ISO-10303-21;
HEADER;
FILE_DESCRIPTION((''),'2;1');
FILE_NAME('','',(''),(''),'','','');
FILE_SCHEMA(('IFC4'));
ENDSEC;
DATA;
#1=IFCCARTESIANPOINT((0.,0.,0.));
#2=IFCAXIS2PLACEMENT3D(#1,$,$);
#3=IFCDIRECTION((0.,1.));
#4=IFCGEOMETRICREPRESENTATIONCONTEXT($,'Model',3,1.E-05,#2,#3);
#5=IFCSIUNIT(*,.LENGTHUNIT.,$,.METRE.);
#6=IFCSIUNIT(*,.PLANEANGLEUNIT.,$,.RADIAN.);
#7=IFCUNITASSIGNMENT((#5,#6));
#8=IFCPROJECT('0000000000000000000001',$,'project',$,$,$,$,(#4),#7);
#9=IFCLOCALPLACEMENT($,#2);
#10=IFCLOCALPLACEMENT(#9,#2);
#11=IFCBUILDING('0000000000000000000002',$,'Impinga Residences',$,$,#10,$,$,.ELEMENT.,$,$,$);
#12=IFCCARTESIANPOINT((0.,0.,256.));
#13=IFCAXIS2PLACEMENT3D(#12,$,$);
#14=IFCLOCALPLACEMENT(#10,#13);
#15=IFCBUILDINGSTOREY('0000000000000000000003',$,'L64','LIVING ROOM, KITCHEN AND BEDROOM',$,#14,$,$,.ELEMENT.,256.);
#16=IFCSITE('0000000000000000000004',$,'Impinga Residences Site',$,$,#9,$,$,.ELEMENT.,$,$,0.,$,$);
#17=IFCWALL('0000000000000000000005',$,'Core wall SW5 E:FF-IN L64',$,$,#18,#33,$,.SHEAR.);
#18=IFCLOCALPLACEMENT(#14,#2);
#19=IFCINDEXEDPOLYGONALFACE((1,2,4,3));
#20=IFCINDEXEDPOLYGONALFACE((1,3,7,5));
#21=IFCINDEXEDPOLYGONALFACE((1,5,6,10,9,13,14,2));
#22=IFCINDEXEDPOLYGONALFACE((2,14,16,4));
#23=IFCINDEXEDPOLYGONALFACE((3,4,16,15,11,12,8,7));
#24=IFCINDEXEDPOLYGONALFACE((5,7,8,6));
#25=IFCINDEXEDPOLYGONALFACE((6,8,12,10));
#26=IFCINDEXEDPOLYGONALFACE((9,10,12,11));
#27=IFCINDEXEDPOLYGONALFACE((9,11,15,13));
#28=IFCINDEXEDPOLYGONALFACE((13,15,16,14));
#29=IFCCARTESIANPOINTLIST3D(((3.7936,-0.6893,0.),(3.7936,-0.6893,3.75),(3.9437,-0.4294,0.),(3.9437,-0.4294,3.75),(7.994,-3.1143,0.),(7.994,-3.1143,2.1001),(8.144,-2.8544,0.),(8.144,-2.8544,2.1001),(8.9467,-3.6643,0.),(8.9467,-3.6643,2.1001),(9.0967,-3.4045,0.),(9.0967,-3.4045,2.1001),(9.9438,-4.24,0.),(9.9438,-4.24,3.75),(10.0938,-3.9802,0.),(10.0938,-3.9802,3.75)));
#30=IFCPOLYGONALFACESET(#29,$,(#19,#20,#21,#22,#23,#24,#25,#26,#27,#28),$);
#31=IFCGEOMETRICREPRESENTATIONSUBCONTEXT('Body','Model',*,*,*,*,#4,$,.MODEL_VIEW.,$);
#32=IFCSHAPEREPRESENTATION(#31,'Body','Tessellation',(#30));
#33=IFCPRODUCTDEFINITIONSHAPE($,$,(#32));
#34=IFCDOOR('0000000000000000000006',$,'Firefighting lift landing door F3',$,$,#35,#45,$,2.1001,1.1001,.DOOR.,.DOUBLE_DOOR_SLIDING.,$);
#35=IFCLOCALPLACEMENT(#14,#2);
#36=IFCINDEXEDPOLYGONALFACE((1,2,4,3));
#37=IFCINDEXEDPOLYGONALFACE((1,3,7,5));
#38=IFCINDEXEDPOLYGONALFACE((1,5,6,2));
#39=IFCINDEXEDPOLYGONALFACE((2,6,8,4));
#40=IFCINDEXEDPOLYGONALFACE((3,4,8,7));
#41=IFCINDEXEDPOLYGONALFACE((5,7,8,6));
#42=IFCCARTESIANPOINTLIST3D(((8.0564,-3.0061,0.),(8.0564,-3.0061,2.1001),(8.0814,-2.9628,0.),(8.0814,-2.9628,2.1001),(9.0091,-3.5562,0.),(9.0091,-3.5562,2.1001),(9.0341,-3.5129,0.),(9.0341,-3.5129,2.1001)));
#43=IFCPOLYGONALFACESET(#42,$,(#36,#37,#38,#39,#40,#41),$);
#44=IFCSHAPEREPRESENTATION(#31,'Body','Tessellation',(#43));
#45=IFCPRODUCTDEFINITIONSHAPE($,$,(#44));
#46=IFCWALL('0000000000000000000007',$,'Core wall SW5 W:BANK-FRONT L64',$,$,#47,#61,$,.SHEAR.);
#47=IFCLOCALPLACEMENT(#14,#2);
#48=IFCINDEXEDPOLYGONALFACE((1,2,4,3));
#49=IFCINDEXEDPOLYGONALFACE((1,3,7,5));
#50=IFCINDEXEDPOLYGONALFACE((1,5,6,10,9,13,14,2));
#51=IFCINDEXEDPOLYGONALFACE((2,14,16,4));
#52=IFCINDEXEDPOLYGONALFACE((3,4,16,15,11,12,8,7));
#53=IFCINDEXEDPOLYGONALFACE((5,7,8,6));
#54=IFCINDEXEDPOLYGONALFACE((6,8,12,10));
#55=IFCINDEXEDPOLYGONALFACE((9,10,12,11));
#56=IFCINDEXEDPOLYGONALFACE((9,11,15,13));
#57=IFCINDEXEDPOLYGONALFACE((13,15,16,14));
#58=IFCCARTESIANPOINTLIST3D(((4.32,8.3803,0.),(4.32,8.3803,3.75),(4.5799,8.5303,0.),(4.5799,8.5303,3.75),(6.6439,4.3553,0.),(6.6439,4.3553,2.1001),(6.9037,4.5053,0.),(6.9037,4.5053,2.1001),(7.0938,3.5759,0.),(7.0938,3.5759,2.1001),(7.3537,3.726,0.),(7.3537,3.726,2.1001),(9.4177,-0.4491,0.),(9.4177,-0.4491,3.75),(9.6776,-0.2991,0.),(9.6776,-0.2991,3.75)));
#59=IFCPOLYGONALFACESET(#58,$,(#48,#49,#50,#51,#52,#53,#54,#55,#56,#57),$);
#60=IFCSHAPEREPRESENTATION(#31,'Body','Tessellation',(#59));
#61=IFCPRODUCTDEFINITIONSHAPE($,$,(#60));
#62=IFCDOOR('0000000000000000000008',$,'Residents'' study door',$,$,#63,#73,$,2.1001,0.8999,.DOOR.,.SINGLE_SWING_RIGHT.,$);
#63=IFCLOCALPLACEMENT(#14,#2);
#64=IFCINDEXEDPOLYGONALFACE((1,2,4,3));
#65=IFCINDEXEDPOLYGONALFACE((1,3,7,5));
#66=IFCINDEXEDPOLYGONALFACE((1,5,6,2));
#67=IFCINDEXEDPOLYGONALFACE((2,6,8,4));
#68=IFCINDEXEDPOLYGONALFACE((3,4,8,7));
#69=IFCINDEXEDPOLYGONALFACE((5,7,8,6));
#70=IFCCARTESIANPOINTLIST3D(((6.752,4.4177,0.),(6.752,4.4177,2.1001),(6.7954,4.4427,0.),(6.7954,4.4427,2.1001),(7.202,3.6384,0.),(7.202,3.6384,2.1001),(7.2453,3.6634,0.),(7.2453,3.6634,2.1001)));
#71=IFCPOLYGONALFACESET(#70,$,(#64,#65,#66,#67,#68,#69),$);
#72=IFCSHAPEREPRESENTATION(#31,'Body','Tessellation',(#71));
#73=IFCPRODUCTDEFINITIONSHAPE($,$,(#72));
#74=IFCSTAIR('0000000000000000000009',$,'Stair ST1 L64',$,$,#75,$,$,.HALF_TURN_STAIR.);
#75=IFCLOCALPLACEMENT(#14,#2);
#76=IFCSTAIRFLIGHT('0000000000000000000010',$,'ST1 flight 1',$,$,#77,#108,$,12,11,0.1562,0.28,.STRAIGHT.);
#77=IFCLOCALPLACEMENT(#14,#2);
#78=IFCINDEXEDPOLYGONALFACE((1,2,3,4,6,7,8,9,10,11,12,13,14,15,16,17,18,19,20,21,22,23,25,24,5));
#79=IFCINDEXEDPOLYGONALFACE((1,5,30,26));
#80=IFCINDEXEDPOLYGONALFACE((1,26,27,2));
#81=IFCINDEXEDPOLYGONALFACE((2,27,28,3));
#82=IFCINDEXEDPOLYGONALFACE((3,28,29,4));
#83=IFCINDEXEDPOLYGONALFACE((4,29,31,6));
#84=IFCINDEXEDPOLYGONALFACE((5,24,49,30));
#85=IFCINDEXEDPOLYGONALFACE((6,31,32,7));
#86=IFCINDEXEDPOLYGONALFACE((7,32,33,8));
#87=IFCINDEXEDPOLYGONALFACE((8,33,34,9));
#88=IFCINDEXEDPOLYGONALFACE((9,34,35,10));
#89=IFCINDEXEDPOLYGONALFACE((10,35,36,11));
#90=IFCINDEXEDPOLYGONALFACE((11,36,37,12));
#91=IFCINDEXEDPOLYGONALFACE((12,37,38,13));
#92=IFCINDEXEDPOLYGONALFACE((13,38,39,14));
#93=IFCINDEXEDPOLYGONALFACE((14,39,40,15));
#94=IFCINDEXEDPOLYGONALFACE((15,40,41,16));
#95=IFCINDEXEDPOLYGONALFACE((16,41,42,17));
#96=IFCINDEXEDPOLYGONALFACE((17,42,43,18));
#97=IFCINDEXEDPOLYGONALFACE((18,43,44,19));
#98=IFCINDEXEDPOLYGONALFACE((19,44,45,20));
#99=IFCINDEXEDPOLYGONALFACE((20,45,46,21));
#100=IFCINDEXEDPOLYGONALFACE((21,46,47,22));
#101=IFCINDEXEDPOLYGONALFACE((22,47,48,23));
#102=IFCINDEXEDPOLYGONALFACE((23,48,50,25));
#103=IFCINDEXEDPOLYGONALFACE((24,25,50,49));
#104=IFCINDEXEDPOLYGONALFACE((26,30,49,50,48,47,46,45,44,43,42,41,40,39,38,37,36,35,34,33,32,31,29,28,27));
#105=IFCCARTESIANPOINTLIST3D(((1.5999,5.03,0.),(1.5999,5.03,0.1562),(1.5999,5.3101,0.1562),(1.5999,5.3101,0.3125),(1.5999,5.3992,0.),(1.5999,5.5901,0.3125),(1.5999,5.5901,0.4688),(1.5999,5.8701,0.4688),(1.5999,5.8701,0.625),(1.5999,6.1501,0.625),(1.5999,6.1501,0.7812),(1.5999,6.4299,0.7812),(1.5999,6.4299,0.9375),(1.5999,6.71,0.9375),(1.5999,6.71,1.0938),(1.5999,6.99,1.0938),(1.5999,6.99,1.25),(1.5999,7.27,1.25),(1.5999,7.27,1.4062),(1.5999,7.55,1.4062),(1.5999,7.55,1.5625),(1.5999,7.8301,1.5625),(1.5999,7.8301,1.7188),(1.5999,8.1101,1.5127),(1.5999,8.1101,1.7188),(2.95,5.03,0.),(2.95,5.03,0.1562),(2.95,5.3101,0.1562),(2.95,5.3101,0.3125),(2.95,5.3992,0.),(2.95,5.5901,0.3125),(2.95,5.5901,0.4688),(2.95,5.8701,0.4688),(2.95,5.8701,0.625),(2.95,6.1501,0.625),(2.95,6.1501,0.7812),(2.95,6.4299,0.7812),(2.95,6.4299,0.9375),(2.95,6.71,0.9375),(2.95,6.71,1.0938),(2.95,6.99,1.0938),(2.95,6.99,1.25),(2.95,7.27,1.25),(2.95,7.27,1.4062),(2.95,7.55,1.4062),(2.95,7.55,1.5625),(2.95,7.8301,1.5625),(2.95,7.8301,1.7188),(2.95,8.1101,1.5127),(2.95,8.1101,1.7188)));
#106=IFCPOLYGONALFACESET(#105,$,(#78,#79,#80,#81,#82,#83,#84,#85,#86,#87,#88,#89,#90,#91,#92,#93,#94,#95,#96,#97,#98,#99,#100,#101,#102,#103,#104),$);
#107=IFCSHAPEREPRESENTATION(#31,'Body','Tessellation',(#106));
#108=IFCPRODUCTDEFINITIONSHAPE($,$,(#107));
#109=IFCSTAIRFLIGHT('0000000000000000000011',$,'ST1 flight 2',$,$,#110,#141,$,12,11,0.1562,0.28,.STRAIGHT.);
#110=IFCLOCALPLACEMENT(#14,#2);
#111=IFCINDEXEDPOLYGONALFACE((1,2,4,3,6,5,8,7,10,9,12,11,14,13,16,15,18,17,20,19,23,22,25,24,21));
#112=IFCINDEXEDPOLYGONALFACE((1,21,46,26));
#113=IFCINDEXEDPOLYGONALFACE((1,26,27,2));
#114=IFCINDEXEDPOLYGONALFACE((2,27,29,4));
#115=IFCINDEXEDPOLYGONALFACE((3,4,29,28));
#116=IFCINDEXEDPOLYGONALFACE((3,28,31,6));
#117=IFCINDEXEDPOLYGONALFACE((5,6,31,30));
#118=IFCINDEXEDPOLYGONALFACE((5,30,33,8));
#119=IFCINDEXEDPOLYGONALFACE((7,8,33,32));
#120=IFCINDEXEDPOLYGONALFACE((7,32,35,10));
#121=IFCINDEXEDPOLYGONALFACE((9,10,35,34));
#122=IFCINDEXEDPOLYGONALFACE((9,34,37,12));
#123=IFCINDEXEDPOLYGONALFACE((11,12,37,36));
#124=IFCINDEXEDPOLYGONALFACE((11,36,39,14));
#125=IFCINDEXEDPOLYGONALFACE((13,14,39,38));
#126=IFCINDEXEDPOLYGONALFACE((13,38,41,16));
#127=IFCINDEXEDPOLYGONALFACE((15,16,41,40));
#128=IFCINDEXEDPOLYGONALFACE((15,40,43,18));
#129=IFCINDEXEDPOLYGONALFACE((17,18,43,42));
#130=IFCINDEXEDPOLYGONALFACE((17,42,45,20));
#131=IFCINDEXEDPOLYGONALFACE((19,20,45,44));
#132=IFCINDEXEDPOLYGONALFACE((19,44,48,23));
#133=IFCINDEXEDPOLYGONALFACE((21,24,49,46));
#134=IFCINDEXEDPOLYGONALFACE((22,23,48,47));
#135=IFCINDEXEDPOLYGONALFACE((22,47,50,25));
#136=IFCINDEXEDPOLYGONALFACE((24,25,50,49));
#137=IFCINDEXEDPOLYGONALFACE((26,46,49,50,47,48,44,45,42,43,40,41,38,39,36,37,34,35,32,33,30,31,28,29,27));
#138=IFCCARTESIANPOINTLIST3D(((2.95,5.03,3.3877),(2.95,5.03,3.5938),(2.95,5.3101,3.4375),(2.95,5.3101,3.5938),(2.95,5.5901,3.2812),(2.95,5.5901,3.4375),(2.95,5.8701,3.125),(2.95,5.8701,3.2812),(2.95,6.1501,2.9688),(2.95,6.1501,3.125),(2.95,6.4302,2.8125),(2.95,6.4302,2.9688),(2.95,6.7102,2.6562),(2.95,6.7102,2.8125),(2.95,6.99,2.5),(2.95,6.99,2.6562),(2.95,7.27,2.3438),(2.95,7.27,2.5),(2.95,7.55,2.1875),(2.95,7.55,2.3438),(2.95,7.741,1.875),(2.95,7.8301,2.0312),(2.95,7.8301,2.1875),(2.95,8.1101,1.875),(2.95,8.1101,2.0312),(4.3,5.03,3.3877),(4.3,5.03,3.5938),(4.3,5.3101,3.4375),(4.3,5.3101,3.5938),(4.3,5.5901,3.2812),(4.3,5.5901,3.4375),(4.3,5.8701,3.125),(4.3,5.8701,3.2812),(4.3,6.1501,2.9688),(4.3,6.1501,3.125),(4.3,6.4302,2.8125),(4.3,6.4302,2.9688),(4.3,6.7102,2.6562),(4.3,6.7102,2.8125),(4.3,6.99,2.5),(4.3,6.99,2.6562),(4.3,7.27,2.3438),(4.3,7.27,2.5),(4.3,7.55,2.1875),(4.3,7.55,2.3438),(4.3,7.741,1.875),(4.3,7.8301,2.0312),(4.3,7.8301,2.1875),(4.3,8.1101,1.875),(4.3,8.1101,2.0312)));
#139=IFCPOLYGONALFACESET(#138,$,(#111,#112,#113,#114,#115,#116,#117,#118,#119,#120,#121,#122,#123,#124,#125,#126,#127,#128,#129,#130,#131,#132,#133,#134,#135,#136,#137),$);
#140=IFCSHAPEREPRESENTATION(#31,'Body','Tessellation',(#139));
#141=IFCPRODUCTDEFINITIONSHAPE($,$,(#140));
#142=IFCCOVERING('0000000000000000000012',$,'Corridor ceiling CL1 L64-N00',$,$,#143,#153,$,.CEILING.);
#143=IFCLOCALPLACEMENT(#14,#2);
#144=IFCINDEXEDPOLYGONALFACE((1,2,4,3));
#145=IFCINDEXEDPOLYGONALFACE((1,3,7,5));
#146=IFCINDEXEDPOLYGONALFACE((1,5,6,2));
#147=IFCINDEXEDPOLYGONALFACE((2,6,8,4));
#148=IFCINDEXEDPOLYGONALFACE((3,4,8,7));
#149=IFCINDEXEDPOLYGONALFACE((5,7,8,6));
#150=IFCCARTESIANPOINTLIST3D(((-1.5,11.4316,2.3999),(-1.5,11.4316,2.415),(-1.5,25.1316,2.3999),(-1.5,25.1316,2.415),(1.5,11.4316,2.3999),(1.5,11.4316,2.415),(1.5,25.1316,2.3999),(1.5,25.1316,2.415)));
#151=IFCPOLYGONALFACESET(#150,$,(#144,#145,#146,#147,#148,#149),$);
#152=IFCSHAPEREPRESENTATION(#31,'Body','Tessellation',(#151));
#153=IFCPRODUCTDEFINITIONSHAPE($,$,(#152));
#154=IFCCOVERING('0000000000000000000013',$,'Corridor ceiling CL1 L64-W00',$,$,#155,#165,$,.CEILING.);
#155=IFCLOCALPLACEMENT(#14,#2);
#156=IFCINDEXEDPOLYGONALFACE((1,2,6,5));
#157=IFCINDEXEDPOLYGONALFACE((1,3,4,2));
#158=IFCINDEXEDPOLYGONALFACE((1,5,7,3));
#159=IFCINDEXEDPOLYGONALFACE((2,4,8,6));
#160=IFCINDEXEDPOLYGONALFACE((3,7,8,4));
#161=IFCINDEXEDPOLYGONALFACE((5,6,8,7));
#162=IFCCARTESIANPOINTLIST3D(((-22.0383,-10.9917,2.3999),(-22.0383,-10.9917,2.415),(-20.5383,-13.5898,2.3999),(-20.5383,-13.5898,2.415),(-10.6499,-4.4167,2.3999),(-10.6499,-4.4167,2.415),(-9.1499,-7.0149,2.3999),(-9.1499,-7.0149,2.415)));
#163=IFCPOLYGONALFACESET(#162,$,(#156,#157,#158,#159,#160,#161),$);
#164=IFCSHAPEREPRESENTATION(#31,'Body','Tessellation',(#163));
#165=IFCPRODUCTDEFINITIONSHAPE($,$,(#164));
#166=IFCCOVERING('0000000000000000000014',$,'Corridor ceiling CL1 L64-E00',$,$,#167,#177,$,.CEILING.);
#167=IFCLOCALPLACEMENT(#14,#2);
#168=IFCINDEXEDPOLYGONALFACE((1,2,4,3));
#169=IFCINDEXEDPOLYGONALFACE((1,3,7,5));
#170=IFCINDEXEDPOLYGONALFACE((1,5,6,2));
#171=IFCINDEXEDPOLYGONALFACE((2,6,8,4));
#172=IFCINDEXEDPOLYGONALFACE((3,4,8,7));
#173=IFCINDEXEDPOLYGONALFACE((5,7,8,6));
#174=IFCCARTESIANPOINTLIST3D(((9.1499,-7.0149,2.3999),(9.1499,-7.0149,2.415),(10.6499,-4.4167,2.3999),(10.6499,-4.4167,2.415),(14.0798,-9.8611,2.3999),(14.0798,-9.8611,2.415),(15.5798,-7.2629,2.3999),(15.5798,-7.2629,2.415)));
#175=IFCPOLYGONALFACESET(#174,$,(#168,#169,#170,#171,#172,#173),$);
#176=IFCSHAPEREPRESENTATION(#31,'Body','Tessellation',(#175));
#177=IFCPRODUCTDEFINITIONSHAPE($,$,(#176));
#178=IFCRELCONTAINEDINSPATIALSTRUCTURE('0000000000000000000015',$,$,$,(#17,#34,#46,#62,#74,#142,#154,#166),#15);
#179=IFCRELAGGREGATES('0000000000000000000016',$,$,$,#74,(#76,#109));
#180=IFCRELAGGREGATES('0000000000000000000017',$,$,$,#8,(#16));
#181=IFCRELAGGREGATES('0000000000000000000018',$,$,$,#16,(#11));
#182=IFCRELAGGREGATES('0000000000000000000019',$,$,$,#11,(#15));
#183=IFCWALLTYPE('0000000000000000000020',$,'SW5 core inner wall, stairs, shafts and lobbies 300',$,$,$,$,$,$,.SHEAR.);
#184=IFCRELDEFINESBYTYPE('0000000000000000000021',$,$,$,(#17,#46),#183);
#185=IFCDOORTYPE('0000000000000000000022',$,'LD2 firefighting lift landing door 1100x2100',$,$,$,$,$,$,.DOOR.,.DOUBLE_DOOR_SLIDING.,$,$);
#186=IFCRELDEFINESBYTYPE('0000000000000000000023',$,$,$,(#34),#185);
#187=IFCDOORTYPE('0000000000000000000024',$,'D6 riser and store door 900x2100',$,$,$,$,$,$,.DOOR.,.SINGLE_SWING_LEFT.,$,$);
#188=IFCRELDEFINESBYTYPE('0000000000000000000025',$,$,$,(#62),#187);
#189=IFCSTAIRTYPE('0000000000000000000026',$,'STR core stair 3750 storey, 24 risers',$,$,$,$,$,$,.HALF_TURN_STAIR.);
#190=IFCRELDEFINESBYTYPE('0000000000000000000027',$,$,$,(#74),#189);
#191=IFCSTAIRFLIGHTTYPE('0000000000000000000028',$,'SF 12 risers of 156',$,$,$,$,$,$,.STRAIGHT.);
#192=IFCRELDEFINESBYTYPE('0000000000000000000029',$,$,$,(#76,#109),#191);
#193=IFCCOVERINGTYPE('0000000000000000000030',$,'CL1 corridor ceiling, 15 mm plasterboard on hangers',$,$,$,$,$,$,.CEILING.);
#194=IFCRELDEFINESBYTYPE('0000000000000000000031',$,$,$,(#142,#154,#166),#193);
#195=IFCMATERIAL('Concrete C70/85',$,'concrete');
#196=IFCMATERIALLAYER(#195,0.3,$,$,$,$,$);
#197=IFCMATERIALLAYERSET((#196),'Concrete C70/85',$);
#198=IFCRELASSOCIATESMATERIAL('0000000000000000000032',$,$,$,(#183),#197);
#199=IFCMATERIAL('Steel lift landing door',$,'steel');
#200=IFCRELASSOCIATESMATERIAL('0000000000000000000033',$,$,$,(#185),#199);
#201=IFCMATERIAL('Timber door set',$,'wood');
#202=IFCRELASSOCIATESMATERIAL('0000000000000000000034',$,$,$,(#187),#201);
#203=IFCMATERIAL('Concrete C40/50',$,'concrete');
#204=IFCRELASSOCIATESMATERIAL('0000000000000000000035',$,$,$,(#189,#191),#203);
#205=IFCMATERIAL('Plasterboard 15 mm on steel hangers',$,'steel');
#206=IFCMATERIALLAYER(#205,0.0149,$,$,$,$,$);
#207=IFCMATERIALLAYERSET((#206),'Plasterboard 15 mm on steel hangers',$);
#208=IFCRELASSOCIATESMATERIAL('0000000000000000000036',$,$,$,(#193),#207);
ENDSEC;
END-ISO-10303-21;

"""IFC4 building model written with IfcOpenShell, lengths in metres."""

from ifc_helpers import new_model, si_unit, direction, frame, frame_2d, origin, place, context, subcontext, project, spatial, polyline, rectangle, outline, extrude, material, layer, layer_set, type_object, element, fill, aggregate, save


model = new_model("IFC4")

# Units and contexts
model_context = context("Model", 3, precision=1e-05, world=origin(), true_north=direction((0.0, 1.0)))
body_context = subcontext(model_context, "Body", "Model", "MODEL_VIEW")
ifc_project = project(units=[si_unit("LENGTHUNIT", "METRE"), si_unit("PLANEANGLEUNIT", "RADIAN")], contexts=[model_context])

# Site, building, storey
site_placement = place(None, origin())
site = spatial("IfcSite", under=ifc_project, at=site_placement, Name="Impinga Residences Site", CompositionType="ELEMENT", RefElevation=0.0)
building_placement = place(site_placement, origin())
building = spatial("IfcBuilding", under=site, at=building_placement, Name="Impinga Residences", CompositionType="ELEMENT")
storey_placement = place(building_placement, frame((0.0, 0.0, 256.0)))
storey = spatial("IfcBuildingStorey", under=building, at=storey_placement, Name="L64", Description="LIVING ROOM, KITCHEN AND BEDROOM", CompositionType="ELEMENT", Elevation=256.0)

# Shared definitions
ifc_material_1 = material(Name="Concrete C40/50", Category="concrete")

# Shared definitions
ifc_material_2 = material(Name="Timber door set", Category="wood")

# Shared definitions
ifc_material_3 = material(Name="Concrete C70/85", Category="concrete")
ifc_layer_1 = layer(ifc_material_3, 0.3)
ifc_layer_set_1 = layer_set([ifc_layer_1], Name="Concrete C70/85")
wall_type_1 = type_object("IfcWallType", Name="SW5 core inner wall, stairs, shafts and lobbies 300", PredefinedType="SHEAR", material=ifc_layer_set_1)

# Walls, openings, doors
wall_1_placement = place(storey_placement, frame((3.8687, -0.5593, 0.0), z_axis=(0.0, 0.0, 1.0), x_axis=(0.866026, -0.499999, 0.0)))
wall_1 = element("IfcWall", 1, at=wall_1_placement, inside=storey, type_object=wall_type_1, Name="Core wall SW5 E:FF-IN L64", PredefinedType="SHEAR", context=body_context, shape_type="SweptSolid", body=[
    extrude(rectangle(XDim=7.1016, YDim=0.3, at=frame_2d((3.5508, 0.0))), origin(), (0.0, 0.0, 1.0), 3.75),
])
opening_1_placement = place(wall_1_placement, frame((4.8501, 0.0, 0.0)))
opening_1 = element("IfcOpeningElement", 2, at=opening_1_placement, cuts=wall_1, PredefinedType="OPENING", context=body_context, shape_type="SweptSolid", body=[
    extrude(rectangle(XDim=1.1001, YDim=2.1001, at=frame_2d((0.55, 1.05))), frame((0.0, 0.1599, 0.0), z_axis=(0.0, -1.0, 0.0), x_axis=(1.0, 0.0, 0.0)), (0.0, 0.0, 1.0), 0.3201),
])
ifc_material_4 = material(Name="Steel lift landing door", Category="steel")
door_type_1 = type_object("IfcDoorType", Name="LD2 firefighting lift landing door 1100x2100", OperationType="DOUBLE_DOOR_SLIDING", PredefinedType="DOOR", material=ifc_material_4)
door_1_placement = place(opening_1_placement, origin())
door_1 = element("IfcDoor", 3, at=door_1_placement, inside=storey, type_object=door_type_1, Name="Firefighting lift landing door F3", OperationType="DOUBLE_DOOR_SLIDING", OverallHeight=2.1001, OverallWidth=1.1001, PredefinedType="DOOR", context=body_context, shape_type="SweptSolid", body=[
    extrude(rectangle(XDim=1.1001, YDim=2.1001, at=frame_2d((0.55, 1.05))), frame((0.0, 0.0249, 0.0), z_axis=(0.0, -1.0, 0.0), x_axis=(1.0, 0.0, 0.0)), (0.0, 0.0, 1.0), 0.05),
])
fill(opening_1, door_1)
wall_2_placement = place(storey_placement, frame((4.45, 8.4553, 0.0), z_axis=(0.0, 0.0, 1.0), x_axis=(0.500002, -0.866024, 0.0)))
wall_2 = element("IfcWall", 4, at=wall_2_placement, inside=storey, type_object=wall_type_1, Name="Core wall SW5 W:BANK-FRONT L64", PredefinedType="SHEAR", context=body_context, shape_type="SweptSolid", body=[
    extrude(rectangle(XDim=10.1953, YDim=0.3, at=frame_2d((5.0977, 0.0))), origin(), (0.0, 0.0, 1.0), 3.75),
])
opening_2_placement = place(wall_2_placement, frame((4.6477, 0.0, 0.0)))
opening_2 = element("IfcOpeningElement", 5, at=opening_2_placement, cuts=wall_2, PredefinedType="OPENING", context=body_context, shape_type="SweptSolid", body=[
    extrude(rectangle(XDim=0.8999, YDim=2.1001, at=frame_2d((0.45, 1.05))), frame((0.0, 0.1599, 0.0), z_axis=(0.0, -1.0, 0.0), x_axis=(1.0, 0.0, 0.0)), (0.0, 0.0, 1.0), 0.3201),
])
door_type_2 = type_object("IfcDoorType", Name="D6 riser and store door 900x2100", OperationType="SINGLE_SWING_LEFT", PredefinedType="DOOR", material=ifc_material_2)
door_2_placement = place(opening_2_placement, origin())
door_2 = element("IfcDoor", 6, at=door_2_placement, inside=storey, type_object=door_type_2, Name="Residents' study door", OperationType="SINGLE_SWING_RIGHT", OverallHeight=2.1001, OverallWidth=0.8999, PredefinedType="DOOR", context=body_context, shape_type="SweptSolid", body=[
    extrude(rectangle(XDim=0.8999, YDim=2.1001, at=frame_2d((0.45, 1.05))), frame((0.0, 0.0249, 0.0), z_axis=(0.0, -1.0, 0.0), x_axis=(1.0, 0.0, 0.0)), (0.0, 0.0, 1.0), 0.05),
])
fill(opening_2, door_2)

# Stair, stair flights
stair_type_1 = type_object("IfcStairType", Name="STR core stair 3750 storey, 24 risers", PredefinedType="HALF_TURN_STAIR", material=ifc_material_1)
stair_1_placement = place(storey_placement, origin())
stair_1 = element("IfcStair", 7, at=stair_1_placement, inside=storey, type_object=stair_type_1, Name="Stair ST1 L64", PredefinedType="HALF_TURN_STAIR")
stair_flight_type = type_object("IfcStairFlightType", Name="SF 12 risers of 156", PredefinedType="STRAIGHT", material=ifc_material_1)
stair_flight_1_placement = place(storey_placement, frame((2.2749, 5.03, 0.0), z_axis=(0.0, 0.0, 1.0), x_axis=(0.0, 1.0, 0.0)))
stair_flight_1 = element("IfcStairFlight", 8, at=stair_flight_1_placement, type_object=stair_flight_type, Name="ST1 flight 1", NumberOfRisers=12, NumberOfTreads=11, PredefinedType="STRAIGHT", RiserHeight=0.1562, TreadLength=0.28, context=body_context, shape_type="SweptSolid", body=[
    extrude(outline(polyline([(0.0, 0.0), (0.0, 0.1562), (0.28, 0.1562), (0.28, 0.3125), (0.5601, 0.3125), (0.5601, 0.4688), (0.8401, 0.4688), (0.8401, 0.625), (1.1201, 0.625), (1.1201, 0.7812), (1.3999, 0.7812), (1.3999, 0.9375), (1.6799, 0.9375), (1.6799, 1.0938), (1.96, 1.0938), (1.96, 1.25), (2.24, 1.25), (2.24, 1.4062), (2.52, 1.4062), (2.52, 1.5625), (2.8, 1.5625), (2.8, 1.7188), (3.0801, 1.7188), (3.0801, 1.875), (3.0801, 1.5127), (0.3691, 0.0), (0.0, 0.0)])), frame((0.0, 0.675, 0.0), z_axis=(0.0, -1.0, 0.0), x_axis=(1.0, 0.0, 0.0)), (0.0, 0.0, 1.0), 1.3501),
])
stair_flight_2_placement = place(storey_placement, frame((3.625, 8.1101, 1.875), z_axis=(0.0, 0.0, 1.0), x_axis=(0.0, -1.0, 0.0)))
stair_flight_2 = element("IfcStairFlight", 9, at=stair_flight_2_placement, type_object=stair_flight_type, Name="ST1 flight 2", NumberOfRisers=12, NumberOfTreads=11, PredefinedType="STRAIGHT", RiserHeight=0.1562, TreadLength=0.28, context=body_context, shape_type="SweptSolid", body=[
    extrude(outline(polyline([(0.0, 0.0), (0.0, 0.1562), (0.28, 0.1562), (0.28, 0.3125), (0.5601, 0.3125), (0.5601, 0.4688), (0.8401, 0.4688), (0.8401, 0.625), (1.1201, 0.625), (1.1201, 0.7812), (1.3999, 0.7812), (1.3999, 0.9375), (1.6799, 0.9375), (1.6799, 1.0938), (1.96, 1.0938), (1.96, 1.25), (2.24, 1.25), (2.24, 1.4062), (2.52, 1.4062), (2.52, 1.5625), (2.8, 1.5625), (2.8, 1.7188), (3.0801, 1.7188), (3.0801, 1.875), (3.0801, 1.5127), (0.3691, 0.0), (0.0, 0.0)])), frame((0.0, 0.675, 0.0), z_axis=(0.0, -1.0, 0.0), x_axis=(1.0, 0.0, 0.0)), (0.0, 0.0, 1.0), 1.3501),
])
aggregate(stair_1, [stair_flight_1, stair_flight_2])

# Coverings
ifc_material_5 = material(Name="Plasterboard 15 mm on steel hangers", Category="steel")
ifc_layer_2 = layer(ifc_material_5, 0.0149)
ifc_layer_set_2 = layer_set([ifc_layer_2], Name="Plasterboard 15 mm on steel hangers")
covering_type_1 = type_object("IfcCoveringType", Name="CL1 corridor ceiling, 15 mm plasterboard on hangers", PredefinedType="CEILING", material=ifc_layer_set_2)
covering_1_placement = place(storey_placement, frame((0.0, 0.0, 2.3999)))
element("IfcCovering", 10, at=covering_1_placement, inside=storey, type_object=covering_type_1, Name="Corridor ceiling CL1 L64-N00", PredefinedType="CEILING", context=body_context, shape_type="SweptSolid", body=[
    extrude(outline(polyline([(-1.5, 11.4316), (1.5, 11.4316), (1.5, 25.1316), (-1.5, 25.1316), (-1.5, 11.4316)])), origin(), (0.0, 0.0, 1.0), 0.0151),
])
covering_2_placement = place(storey_placement, frame((0.0, 0.0, 2.3999)))
element("IfcCovering", 11, at=covering_2_placement, inside=storey, type_object=covering_type_1, Name="Corridor ceiling CL1 L64-W00", PredefinedType="CEILING", context=body_context, shape_type="SweptSolid", body=[
    extrude(outline(polyline([(-9.1499, -7.0149), (-10.6499, -4.4167), (-22.0383, -10.9917), (-20.5383, -13.5898), (-9.1499, -7.0149)])), origin(), (0.0, 0.0, 1.0), 0.0151),
])
covering_3_placement = place(storey_placement, frame((0.0, 0.0, 2.3999)))
element("IfcCovering", 12, at=covering_3_placement, inside=storey, type_object=covering_type_1, Name="Corridor ceiling CL1 L64-E00", PredefinedType="CEILING", context=body_context, shape_type="SweptSolid", body=[
    extrude(outline(polyline([(9.1499, -7.0149), (10.6499, -4.4167), (15.5798, -7.2629), (14.0798, -9.8611), (9.1499, -7.0149)])), origin(), (0.0, 0.0, 1.0), 0.0151),
])

save(model, "model.ifc")
